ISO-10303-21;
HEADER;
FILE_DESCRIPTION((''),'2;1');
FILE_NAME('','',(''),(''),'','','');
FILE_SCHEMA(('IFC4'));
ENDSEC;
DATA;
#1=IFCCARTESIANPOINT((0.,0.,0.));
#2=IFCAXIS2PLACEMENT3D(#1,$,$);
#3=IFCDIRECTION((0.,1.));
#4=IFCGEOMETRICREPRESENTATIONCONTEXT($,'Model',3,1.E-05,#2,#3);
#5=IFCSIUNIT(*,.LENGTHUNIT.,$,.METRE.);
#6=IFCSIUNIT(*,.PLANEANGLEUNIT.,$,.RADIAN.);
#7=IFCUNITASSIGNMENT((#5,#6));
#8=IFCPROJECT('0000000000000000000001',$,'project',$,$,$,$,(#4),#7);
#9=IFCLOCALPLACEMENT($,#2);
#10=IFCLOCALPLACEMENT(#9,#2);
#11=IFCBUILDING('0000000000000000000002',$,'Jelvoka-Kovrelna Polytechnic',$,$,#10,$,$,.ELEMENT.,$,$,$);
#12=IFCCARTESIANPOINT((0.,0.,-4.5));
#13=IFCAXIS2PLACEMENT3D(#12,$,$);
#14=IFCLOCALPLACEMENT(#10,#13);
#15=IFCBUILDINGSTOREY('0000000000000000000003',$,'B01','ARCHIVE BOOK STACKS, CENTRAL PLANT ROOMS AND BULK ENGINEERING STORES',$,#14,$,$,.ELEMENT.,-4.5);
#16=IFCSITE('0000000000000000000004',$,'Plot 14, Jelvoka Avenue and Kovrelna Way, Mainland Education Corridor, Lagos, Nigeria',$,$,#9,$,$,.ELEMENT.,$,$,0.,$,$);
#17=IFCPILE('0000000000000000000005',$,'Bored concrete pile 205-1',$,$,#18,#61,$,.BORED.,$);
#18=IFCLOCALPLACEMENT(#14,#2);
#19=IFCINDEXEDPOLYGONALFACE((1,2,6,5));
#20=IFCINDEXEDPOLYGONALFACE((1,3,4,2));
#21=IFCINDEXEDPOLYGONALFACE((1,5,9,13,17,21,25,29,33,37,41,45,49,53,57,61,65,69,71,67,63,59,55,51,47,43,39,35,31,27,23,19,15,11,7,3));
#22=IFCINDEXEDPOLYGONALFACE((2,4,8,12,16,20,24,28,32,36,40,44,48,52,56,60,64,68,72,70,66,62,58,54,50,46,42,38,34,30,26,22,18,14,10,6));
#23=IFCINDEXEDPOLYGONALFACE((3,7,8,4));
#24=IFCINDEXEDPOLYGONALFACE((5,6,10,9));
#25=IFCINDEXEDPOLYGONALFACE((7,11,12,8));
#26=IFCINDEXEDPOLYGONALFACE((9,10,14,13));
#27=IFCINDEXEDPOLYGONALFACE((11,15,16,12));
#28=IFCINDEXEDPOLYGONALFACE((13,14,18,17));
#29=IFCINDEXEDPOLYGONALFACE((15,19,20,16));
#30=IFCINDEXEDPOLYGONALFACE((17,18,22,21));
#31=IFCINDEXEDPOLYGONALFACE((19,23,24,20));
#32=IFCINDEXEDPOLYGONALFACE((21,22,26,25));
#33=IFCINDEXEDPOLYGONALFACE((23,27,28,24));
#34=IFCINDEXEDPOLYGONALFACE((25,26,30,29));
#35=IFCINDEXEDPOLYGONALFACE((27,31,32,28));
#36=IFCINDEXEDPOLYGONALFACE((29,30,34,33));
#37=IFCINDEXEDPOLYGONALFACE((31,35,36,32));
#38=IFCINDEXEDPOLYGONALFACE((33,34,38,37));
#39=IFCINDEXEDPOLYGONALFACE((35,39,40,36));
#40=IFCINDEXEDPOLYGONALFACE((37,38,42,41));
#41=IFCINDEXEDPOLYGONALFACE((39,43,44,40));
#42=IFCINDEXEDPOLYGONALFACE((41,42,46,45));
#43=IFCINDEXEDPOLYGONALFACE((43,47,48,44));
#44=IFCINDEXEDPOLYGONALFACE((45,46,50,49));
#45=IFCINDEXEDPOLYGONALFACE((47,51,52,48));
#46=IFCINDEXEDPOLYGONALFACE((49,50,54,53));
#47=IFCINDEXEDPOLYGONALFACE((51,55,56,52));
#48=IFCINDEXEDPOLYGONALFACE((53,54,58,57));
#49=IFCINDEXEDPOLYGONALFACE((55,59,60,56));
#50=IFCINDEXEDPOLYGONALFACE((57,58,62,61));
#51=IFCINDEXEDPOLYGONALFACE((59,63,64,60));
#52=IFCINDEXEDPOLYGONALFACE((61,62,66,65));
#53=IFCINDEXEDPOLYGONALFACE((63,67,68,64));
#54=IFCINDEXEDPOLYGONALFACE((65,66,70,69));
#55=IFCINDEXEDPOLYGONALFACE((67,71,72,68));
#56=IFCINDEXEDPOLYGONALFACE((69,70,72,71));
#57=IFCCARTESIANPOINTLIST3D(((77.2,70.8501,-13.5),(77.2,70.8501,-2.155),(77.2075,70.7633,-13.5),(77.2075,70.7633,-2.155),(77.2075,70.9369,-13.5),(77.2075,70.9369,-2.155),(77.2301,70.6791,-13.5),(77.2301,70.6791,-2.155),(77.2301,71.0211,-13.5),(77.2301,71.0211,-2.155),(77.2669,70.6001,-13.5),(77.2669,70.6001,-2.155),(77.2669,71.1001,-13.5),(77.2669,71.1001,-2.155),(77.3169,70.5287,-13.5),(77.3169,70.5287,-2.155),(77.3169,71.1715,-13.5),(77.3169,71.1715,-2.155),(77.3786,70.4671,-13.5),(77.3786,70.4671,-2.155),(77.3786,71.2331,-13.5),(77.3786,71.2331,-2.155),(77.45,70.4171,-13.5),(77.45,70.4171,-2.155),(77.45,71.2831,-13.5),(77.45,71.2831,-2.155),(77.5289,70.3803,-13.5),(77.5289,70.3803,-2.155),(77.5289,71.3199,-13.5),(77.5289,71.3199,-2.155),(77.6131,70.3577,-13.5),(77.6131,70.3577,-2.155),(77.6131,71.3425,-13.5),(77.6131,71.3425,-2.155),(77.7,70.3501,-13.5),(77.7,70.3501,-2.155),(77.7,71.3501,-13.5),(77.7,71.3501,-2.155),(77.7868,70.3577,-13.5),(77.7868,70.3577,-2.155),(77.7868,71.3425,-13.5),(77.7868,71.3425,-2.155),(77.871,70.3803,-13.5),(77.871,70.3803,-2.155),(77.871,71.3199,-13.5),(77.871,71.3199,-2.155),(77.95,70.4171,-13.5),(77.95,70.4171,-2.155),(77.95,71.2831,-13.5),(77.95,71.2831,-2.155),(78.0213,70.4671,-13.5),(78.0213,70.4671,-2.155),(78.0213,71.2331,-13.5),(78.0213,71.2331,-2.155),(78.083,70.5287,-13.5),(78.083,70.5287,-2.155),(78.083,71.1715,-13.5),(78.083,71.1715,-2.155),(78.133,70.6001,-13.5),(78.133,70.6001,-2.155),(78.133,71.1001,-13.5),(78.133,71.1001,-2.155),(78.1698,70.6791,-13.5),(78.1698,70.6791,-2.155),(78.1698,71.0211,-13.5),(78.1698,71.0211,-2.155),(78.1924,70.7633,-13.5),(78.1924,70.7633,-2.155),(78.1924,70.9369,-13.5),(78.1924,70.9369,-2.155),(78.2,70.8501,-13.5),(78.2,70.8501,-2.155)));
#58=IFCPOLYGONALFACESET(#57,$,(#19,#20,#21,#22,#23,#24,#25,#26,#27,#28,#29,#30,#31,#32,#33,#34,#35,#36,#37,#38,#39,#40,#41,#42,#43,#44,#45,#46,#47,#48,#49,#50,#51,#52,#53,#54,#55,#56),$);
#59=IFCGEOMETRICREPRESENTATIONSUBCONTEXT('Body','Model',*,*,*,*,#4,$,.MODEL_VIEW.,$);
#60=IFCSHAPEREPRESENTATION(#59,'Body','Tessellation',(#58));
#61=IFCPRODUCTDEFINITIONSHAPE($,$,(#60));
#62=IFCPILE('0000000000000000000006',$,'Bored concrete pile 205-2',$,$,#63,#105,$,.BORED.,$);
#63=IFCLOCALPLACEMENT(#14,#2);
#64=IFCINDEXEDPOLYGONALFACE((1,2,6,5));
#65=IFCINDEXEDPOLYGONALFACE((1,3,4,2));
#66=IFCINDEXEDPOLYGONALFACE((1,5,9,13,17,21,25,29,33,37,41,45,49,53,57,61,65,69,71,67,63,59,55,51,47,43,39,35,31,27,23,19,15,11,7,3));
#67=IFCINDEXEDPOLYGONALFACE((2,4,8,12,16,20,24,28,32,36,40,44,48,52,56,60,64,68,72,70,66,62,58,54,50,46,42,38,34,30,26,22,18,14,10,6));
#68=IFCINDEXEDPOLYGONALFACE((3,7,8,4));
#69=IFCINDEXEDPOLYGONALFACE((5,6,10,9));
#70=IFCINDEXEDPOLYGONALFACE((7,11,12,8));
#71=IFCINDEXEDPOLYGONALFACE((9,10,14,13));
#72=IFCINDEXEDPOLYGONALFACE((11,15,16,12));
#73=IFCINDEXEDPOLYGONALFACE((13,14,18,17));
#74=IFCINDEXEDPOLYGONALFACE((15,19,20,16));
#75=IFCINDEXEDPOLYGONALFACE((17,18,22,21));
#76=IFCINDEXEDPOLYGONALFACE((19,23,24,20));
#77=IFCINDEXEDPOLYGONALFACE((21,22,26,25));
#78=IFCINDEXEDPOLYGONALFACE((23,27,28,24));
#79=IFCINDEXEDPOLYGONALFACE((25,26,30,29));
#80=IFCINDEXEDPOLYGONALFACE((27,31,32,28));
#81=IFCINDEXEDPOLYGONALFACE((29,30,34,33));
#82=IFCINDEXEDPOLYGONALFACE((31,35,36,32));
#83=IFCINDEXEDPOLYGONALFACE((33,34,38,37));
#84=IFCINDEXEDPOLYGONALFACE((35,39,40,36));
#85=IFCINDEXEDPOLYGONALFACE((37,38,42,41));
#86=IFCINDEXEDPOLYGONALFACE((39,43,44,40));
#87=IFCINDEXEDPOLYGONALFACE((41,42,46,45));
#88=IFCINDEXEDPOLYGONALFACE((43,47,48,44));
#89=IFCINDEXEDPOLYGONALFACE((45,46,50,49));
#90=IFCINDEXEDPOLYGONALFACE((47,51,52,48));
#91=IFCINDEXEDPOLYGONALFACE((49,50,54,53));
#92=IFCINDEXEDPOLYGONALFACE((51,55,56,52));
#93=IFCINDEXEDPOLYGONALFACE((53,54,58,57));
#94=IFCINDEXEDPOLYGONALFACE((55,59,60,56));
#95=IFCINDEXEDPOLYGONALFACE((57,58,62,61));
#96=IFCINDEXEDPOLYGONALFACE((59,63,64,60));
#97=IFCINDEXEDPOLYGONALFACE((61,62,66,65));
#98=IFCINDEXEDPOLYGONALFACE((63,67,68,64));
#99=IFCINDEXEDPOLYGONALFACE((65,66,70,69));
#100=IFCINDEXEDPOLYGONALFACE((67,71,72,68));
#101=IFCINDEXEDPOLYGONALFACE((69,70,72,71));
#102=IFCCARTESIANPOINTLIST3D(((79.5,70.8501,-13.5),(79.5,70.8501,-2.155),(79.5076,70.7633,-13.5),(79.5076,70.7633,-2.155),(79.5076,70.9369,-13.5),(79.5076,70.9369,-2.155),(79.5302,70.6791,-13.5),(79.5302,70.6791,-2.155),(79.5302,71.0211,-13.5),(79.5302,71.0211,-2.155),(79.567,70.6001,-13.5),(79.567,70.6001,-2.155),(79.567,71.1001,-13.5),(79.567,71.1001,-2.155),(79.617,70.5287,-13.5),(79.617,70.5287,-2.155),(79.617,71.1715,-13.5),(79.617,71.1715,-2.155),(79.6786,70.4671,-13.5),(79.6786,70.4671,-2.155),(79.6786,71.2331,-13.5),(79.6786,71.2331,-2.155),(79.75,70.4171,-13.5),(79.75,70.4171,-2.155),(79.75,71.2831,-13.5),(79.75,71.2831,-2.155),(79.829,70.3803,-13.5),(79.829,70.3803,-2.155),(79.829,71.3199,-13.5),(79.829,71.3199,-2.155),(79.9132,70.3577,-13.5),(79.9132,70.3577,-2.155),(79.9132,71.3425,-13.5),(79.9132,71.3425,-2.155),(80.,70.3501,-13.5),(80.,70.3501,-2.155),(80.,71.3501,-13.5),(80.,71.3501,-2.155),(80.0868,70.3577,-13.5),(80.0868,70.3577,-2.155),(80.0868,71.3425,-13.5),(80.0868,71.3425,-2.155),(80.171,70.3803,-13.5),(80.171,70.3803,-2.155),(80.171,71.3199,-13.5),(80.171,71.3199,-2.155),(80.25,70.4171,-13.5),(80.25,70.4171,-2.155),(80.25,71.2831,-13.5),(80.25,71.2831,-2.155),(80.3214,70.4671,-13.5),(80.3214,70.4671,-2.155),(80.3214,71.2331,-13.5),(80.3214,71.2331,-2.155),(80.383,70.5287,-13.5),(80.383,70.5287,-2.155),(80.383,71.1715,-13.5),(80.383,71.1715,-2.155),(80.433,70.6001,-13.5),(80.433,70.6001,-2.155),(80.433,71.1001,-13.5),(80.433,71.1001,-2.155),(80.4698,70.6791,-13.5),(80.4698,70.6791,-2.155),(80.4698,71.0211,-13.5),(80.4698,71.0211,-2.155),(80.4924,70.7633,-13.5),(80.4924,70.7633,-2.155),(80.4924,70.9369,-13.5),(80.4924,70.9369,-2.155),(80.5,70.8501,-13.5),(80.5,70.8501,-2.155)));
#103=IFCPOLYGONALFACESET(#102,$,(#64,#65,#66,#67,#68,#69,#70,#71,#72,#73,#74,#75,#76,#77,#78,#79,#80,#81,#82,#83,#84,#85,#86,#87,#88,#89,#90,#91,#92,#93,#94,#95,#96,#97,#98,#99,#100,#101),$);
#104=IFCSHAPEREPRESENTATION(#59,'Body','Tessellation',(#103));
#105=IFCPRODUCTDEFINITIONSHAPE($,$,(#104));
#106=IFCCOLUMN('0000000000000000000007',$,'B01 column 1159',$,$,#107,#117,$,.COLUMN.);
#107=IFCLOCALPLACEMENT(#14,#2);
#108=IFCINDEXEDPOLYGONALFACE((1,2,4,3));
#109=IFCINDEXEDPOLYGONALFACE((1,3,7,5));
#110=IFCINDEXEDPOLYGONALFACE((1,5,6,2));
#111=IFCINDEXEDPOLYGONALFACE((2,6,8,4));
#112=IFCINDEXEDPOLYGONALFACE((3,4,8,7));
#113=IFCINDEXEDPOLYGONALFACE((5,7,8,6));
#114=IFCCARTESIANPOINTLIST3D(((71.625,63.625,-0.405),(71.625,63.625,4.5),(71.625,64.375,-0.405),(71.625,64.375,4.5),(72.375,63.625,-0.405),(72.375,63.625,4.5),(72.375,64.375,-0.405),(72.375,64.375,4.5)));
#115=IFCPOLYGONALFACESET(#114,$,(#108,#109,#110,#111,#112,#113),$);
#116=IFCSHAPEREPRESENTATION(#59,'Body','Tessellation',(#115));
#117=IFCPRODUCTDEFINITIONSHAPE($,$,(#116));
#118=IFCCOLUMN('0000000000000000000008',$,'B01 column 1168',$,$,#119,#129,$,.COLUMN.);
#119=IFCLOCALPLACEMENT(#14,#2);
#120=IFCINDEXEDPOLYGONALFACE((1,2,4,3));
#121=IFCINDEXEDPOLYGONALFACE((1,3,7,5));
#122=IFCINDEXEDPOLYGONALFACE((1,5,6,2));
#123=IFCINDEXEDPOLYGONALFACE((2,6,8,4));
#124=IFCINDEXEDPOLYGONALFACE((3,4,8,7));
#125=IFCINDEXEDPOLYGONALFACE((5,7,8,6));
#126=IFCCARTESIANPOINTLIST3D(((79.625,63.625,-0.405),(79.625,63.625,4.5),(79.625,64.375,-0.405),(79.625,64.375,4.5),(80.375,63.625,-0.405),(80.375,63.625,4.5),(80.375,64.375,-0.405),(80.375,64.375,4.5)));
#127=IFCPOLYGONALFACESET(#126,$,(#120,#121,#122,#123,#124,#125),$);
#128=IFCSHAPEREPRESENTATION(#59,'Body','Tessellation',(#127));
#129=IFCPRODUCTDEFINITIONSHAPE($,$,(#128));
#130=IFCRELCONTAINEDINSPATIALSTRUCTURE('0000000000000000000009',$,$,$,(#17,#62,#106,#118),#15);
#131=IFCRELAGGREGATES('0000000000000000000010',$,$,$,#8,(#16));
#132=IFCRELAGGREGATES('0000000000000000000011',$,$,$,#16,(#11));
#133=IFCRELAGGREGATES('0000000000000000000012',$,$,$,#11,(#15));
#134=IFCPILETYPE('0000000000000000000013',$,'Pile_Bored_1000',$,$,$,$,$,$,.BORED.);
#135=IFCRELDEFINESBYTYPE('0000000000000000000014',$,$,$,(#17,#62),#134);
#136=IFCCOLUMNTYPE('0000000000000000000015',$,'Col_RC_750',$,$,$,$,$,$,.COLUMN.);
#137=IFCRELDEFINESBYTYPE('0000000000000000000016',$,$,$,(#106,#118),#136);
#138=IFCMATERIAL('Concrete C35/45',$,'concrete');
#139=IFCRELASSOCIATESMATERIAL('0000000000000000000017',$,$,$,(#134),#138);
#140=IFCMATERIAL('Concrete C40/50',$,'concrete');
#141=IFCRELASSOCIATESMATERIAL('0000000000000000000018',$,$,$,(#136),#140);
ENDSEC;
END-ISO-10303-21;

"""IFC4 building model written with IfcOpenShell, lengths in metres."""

from ifc_helpers import new_model, si_unit, direction, frame, origin, origin_2d, place, context, subcontext, project, spatial, rectangle, circle, extrude, material, material_profile, profile_set, type_object, element, save


model = new_model("IFC4")

# Units and contexts
model_context = context("Model", 3, precision=1e-05, world=origin(), true_north=direction((0.0, 1.0)))
body_context = subcontext(model_context, "Body", "Model", "MODEL_VIEW")
ifc_project = project(units=[si_unit("LENGTHUNIT", "METRE"), si_unit("PLANEANGLEUNIT", "RADIAN")], contexts=[model_context])

# Site, building, storey
site_placement = place(None, origin())
site = spatial("IfcSite", under=ifc_project, at=site_placement, Name="Plot 14, Jelvoka Avenue and Kovrelna Way, Mainland Education Corridor, Lagos, Nigeria", CompositionType="ELEMENT", RefElevation=0.0)
building_placement = place(site_placement, origin())
building = spatial("IfcBuilding", under=site, at=building_placement, Name="Jelvoka-Kovrelna Polytechnic", CompositionType="ELEMENT")
storey_placement = place(building_placement, frame((0.0, 0.0, -4.5)))
storey = spatial("IfcBuildingStorey", under=building, at=storey_placement, Name="B01", Description="ARCHIVE BOOK STACKS, CENTRAL PLANT ROOMS AND BULK ENGINEERING STORES", CompositionType="ELEMENT", Elevation=-4.5)

# Piles
ifc_material_1 = material(Name="Concrete C35/45", Category="concrete")
ifc_material_profile_1 = material_profile(ifc_material_1, circle(Radius=0.5, at=origin_2d()), Name="PILE D1000")
ifc_profile_set_1 = profile_set([ifc_material_profile_1], Name="Concrete C35/45")
pile_type = type_object("IfcPileType", Name="Pile_Bored_1000", PredefinedType="BORED", material=ifc_profile_set_1)
for number, where, z_axis, x_axis, name in (
    (1, (77.7, 70.8501, -2.155), (0.0, 0.0, -1.0), (1.0, 0.0, 0.0), "Bored concrete pile 205-1"),
    (2, (80.0, 70.8501, -2.155), (0.0, 0.0, -1.0), (1.0, 0.0, 0.0), "Bored concrete pile 205-2"),
):
    element("IfcPile", number, at=place(storey_placement, frame(where, z_axis=z_axis, x_axis=x_axis)), inside=storey, type_object=pile_type, Name=name, PredefinedType="BORED", context=body_context, shape_type="SweptSolid", body=[
        extrude(circle(Radius=0.5, at=origin_2d()), origin(), (0.0, 0.0, 1.0), 11.345),
    ])

# Columns
ifc_material_2 = material(Name="Concrete C40/50", Category="concrete")
ifc_material_profile_2 = material_profile(ifc_material_2, rectangle(XDim=0.75, YDim=0.75, at=origin_2d()), Name="RC 750x750")
ifc_profile_set_2 = profile_set([ifc_material_profile_2], Name="Concrete C40/50")
column_type = type_object("IfcColumnType", Name="Col_RC_750", PredefinedType="COLUMN", material=ifc_profile_set_2)
for number, where, z_axis, x_axis, name in (
    (3, (72.0, 64.0, -0.405), (0.0, 0.0, 1.0), (1.0, 0.0, 0.0), "B01 column 1159"),
    (4, (80.0, 64.0, -0.405), (0.0, 0.0, 1.0), (1.0, 0.0, 0.0), "B01 column 1168"),
):
    element("IfcColumn", number, at=place(storey_placement, frame(where, z_axis=z_axis, x_axis=x_axis)), inside=storey, type_object=column_type, Name=name, PredefinedType="COLUMN", context=body_context, shape_type="SweptSolid", body=[
        extrude(rectangle(XDim=0.75, YDim=0.75, at=origin_2d()), origin(), (0.0, 0.0, 1.0), 4.905),
    ])

save(model, "model.ifc")
